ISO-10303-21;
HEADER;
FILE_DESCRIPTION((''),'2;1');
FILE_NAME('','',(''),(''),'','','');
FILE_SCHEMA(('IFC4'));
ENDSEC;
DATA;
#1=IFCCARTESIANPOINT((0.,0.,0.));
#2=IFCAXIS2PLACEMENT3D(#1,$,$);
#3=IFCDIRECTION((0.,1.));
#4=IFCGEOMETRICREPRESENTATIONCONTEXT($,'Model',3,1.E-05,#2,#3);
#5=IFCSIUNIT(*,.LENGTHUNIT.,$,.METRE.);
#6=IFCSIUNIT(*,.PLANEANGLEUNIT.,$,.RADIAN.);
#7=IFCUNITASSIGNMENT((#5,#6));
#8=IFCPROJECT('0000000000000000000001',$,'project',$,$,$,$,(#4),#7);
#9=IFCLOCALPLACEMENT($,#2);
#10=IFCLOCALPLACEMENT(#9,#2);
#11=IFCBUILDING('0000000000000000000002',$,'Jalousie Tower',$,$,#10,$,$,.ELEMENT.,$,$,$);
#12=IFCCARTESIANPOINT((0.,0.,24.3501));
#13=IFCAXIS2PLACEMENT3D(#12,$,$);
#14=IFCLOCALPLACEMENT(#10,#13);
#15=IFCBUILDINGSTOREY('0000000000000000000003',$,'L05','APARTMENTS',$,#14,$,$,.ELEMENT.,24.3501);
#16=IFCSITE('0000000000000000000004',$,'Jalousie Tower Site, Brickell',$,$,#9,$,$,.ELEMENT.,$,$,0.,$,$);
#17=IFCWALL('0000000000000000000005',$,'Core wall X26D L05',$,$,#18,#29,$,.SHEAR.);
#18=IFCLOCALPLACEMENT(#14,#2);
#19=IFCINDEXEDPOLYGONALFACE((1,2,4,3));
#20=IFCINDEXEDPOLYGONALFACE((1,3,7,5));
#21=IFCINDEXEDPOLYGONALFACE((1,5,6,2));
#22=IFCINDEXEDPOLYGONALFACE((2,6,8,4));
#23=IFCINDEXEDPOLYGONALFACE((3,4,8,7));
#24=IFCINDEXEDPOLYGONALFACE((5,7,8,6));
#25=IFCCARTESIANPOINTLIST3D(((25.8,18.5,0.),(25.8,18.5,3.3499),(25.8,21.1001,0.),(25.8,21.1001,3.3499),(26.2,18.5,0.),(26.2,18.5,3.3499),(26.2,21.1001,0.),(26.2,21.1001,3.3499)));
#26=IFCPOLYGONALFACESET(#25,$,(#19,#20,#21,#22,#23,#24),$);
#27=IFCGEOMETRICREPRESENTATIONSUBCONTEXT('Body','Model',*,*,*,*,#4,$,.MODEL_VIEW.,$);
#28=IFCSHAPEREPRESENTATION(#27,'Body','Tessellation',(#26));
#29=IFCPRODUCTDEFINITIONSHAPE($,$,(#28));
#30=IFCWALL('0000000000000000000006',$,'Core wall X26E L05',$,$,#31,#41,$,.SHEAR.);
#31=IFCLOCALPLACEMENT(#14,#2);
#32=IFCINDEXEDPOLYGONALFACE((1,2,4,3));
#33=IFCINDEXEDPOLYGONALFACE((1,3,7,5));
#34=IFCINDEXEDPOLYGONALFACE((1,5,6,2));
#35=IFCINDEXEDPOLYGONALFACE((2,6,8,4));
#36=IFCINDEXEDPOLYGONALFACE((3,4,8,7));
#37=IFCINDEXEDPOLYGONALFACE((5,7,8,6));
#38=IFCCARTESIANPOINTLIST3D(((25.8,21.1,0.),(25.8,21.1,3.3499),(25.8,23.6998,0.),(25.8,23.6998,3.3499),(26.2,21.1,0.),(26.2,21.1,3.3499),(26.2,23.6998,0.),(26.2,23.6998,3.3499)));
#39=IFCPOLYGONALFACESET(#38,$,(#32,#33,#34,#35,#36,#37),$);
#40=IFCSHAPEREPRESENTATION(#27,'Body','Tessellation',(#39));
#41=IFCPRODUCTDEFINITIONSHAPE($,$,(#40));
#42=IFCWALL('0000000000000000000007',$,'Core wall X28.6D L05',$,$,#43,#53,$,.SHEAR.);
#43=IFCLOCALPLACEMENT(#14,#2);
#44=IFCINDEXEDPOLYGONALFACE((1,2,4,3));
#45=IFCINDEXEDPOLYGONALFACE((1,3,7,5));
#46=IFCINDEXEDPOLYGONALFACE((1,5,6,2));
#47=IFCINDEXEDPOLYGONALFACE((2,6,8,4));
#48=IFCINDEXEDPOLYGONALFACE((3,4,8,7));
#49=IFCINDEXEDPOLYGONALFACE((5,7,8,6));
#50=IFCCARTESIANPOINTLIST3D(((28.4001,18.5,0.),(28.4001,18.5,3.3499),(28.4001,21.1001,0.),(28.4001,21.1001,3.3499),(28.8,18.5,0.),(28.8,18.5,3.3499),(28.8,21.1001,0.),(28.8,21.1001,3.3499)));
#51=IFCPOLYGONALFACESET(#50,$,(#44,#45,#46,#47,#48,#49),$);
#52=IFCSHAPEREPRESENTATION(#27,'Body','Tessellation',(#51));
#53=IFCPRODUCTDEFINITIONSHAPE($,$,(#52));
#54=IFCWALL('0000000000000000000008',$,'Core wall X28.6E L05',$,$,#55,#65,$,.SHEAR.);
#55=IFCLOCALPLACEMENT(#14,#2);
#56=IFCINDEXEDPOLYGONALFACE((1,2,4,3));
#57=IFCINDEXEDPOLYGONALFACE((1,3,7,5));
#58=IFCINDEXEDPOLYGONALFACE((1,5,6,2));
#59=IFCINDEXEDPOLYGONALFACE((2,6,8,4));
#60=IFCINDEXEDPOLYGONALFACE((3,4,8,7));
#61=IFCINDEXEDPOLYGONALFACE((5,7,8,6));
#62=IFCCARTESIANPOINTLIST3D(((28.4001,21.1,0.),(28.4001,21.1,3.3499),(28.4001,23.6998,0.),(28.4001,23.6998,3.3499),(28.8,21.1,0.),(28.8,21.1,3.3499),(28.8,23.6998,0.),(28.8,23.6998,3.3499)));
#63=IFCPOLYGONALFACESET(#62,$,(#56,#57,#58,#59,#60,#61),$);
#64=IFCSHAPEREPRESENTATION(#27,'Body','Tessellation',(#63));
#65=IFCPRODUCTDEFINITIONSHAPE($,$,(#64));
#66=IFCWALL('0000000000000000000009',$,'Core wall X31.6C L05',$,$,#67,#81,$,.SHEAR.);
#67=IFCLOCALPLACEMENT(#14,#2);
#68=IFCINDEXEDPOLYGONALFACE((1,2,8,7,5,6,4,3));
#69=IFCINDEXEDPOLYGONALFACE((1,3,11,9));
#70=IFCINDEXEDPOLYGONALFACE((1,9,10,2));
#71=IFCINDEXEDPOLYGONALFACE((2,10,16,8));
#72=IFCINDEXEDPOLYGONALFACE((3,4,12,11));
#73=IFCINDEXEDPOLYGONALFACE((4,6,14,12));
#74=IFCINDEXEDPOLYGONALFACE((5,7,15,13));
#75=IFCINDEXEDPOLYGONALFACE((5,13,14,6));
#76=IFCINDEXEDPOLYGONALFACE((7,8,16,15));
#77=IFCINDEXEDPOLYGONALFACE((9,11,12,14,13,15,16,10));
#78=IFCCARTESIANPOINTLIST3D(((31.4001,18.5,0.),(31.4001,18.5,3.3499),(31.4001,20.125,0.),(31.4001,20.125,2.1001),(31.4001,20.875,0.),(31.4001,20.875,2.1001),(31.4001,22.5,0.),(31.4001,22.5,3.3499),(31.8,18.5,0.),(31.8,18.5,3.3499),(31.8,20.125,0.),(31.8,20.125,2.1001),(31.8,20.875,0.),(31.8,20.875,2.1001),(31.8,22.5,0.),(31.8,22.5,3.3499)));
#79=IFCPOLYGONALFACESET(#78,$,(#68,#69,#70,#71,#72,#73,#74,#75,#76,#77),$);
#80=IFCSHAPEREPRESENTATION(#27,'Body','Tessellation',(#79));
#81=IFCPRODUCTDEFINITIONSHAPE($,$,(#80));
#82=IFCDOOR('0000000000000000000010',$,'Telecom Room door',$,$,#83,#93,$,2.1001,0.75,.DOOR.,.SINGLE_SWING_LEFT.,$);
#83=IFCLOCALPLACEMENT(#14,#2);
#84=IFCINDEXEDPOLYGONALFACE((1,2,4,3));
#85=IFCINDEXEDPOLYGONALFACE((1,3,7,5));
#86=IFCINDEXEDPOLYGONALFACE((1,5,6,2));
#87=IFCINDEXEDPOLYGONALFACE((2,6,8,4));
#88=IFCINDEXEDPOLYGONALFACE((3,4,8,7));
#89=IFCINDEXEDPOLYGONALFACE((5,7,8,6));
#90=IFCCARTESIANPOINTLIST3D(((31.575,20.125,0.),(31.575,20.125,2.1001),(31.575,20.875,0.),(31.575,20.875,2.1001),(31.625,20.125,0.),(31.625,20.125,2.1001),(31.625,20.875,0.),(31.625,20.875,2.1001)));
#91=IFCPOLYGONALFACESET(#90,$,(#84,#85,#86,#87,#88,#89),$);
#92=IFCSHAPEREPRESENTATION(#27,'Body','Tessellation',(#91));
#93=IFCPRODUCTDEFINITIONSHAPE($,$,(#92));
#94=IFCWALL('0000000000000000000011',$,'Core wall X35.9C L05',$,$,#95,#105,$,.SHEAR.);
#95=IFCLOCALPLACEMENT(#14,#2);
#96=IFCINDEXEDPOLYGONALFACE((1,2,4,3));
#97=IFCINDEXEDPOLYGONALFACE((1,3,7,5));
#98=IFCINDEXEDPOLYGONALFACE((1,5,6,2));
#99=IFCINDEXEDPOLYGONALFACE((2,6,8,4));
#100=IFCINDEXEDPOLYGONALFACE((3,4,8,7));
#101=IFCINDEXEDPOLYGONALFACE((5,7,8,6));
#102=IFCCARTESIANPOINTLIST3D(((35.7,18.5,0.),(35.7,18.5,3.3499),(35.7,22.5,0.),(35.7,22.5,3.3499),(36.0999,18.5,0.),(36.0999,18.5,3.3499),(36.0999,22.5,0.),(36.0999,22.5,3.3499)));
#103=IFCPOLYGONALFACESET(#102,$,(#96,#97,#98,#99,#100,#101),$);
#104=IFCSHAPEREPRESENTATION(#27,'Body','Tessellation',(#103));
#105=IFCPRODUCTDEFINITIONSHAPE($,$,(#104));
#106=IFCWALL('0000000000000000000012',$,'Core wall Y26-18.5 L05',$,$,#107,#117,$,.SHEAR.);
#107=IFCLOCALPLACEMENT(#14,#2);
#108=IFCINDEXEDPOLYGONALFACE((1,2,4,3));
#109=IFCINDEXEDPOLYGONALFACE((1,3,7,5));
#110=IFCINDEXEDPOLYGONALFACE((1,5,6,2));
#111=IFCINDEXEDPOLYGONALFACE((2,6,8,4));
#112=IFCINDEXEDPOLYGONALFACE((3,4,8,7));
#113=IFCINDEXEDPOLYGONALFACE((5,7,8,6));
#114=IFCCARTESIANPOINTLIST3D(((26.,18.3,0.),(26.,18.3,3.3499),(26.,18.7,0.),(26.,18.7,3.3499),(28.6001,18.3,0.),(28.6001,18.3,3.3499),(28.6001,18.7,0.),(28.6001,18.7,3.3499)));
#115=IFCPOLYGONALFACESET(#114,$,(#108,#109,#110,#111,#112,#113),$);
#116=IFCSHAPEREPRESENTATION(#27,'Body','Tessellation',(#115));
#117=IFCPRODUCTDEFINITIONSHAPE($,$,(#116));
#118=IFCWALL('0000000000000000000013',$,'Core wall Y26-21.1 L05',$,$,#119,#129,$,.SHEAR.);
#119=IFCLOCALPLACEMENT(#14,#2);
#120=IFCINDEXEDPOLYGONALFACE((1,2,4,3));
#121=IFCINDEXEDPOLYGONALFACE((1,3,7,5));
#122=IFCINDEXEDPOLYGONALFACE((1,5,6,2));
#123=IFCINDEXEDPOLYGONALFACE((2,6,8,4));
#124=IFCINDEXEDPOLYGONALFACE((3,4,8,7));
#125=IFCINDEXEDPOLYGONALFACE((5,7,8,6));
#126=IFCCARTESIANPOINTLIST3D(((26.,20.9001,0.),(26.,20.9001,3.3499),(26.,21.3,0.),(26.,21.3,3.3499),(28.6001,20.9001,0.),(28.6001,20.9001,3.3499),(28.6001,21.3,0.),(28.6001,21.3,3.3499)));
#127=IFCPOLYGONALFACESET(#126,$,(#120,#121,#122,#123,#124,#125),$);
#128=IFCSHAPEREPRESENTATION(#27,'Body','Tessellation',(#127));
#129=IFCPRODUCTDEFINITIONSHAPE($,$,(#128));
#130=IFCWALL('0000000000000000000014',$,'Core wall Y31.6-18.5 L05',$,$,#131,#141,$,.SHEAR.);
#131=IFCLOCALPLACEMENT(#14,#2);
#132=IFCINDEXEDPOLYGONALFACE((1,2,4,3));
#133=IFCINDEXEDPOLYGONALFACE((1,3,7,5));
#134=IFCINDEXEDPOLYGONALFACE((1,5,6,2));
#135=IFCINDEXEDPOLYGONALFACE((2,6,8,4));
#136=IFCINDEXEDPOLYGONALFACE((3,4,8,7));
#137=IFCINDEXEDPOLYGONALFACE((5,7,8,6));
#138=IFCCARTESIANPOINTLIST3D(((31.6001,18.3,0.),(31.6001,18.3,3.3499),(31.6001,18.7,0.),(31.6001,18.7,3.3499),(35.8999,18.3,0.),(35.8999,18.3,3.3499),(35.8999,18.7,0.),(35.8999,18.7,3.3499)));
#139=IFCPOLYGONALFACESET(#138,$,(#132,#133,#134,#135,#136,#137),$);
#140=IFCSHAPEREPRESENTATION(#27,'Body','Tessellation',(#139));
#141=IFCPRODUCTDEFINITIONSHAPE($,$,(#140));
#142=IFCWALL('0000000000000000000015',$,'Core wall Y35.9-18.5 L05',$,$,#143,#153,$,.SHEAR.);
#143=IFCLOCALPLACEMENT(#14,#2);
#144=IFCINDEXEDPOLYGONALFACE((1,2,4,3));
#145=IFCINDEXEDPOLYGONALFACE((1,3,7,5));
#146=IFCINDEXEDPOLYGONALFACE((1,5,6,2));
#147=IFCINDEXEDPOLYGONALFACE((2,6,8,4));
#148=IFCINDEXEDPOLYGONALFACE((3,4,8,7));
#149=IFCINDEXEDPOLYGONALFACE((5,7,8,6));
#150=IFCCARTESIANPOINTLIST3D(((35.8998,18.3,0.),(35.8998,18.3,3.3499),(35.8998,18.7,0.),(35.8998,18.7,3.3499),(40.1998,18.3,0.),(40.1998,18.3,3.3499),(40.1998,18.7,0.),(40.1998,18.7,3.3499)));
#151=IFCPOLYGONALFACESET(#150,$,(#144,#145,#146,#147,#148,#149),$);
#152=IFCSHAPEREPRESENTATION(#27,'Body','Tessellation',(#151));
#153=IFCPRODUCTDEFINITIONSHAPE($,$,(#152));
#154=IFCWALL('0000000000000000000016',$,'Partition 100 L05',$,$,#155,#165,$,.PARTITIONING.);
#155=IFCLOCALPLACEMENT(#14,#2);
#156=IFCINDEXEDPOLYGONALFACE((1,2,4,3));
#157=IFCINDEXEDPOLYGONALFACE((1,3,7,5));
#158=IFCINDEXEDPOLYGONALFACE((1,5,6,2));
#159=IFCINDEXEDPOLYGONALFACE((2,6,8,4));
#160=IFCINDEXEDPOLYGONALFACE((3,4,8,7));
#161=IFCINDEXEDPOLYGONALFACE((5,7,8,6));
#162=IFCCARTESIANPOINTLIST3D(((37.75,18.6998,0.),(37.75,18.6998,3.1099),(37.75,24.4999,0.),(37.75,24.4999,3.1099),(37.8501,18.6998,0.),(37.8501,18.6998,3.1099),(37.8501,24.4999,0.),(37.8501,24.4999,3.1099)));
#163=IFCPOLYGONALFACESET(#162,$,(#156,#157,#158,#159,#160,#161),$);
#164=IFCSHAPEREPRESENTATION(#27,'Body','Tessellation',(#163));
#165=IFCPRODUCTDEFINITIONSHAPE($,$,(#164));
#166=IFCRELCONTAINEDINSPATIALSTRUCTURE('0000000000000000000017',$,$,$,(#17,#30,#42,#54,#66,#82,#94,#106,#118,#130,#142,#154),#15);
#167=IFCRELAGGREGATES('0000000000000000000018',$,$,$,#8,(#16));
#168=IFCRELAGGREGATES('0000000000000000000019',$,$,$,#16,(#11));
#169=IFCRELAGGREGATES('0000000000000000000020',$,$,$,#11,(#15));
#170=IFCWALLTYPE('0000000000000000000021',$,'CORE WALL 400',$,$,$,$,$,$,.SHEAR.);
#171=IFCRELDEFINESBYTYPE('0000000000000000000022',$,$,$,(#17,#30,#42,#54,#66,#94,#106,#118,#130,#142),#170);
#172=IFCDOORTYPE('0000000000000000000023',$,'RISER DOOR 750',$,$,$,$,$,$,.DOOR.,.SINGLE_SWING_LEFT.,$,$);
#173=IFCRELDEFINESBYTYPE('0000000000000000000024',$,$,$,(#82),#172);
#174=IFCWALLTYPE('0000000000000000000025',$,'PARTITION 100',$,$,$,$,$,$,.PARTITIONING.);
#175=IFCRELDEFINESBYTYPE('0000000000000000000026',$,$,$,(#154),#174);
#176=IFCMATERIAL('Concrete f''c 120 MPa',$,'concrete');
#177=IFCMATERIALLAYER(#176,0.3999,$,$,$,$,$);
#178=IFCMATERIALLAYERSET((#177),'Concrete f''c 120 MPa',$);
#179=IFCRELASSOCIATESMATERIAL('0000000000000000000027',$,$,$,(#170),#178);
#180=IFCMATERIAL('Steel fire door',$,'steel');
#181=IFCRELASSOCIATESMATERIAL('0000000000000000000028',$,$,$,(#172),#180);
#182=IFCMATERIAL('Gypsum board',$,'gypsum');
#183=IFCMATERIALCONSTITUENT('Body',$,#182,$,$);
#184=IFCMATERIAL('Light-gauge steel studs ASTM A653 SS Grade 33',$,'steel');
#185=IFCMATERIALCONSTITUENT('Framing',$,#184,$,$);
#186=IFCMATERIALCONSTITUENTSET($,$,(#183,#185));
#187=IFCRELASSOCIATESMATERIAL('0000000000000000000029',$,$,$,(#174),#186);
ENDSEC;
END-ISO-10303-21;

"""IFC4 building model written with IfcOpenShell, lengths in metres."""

from ifc_helpers import new_model, si_unit, direction, frame, frame_2d, origin, place, context, subcontext, project, spatial, rectangle, extrude, material, layer, layer_set, constituent, constituent_set, type_object, element, fill, save


model = new_model("IFC4")

# Units and contexts
model_context = context("Model", 3, precision=1e-05, world=origin(), true_north=direction((0.0, 1.0)))
body_context = subcontext(model_context, "Body", "Model", "MODEL_VIEW")
ifc_project = project(units=[si_unit("LENGTHUNIT", "METRE"), si_unit("PLANEANGLEUNIT", "RADIAN")], contexts=[model_context])

# Site, building, storey
site_placement = place(None, origin())
site = spatial("IfcSite", under=ifc_project, at=site_placement, Name="Jalousie Tower Site, Brickell", CompositionType="ELEMENT", RefElevation=0.0)
building_placement = place(site_placement, origin())
building = spatial("IfcBuilding", under=site, at=building_placement, Name="Jalousie Tower", CompositionType="ELEMENT")
storey_placement = place(building_placement, frame((0.0, 0.0, 24.3501)))
storey = spatial("IfcBuildingStorey", under=building, at=storey_placement, Name="L05", Description="APARTMENTS", CompositionType="ELEMENT", Elevation=24.3501)

# Walls
ifc_material_1 = material(Name="Concrete f'c 120 MPa", Category="concrete")
ifc_layer = layer(ifc_material_1, 0.3999)
ifc_layer_set = layer_set([ifc_layer], Name="Concrete f'c 120 MPa")
wall_type_1 = type_object("IfcWallType", Name="CORE WALL 400", PredefinedType="SHEAR", material=ifc_layer_set)
wall_1_placement = place(storey_placement, frame((26.0, 18.5, 0.0), z_axis=(0.0, 0.0, 1.0), x_axis=(0.0, 1.0, 0.0)))
element("IfcWall", 1, at=wall_1_placement, inside=storey, type_object=wall_type_1, Name="Core wall X26D L05", PredefinedType="SHEAR", context=body_context, shape_type="SweptSolid", body=[
    extrude(rectangle(XDim=2.6001, YDim=0.3999, at=frame_2d((1.3, 0.0))), origin(), (0.0, 0.0, 1.0), 3.3499),
])
wall_2_placement = place(storey_placement, frame((26.0, 21.1001, 0.0), z_axis=(0.0, 0.0, 1.0), x_axis=(0.0, 1.0, 0.0)))
element("IfcWall", 2, at=wall_2_placement, inside=storey, type_object=wall_type_1, Name="Core wall X26E L05", PredefinedType="SHEAR", context=body_context, shape_type="SweptSolid", body=[
    extrude(rectangle(XDim=2.5999, YDim=0.3999, at=frame_2d((1.2998, 0.0))), origin(), (0.0, 0.0, 1.0), 3.3499),
])
wall_3_placement = place(storey_placement, frame((28.6001, 18.5, 0.0), z_axis=(0.0, 0.0, 1.0), x_axis=(0.0, 1.0, 0.0)))
element("IfcWall", 3, at=wall_3_placement, inside=storey, type_object=wall_type_1, Name="Core wall X28.6D L05", PredefinedType="SHEAR", context=body_context, shape_type="SweptSolid", body=[
    extrude(rectangle(XDim=2.6001, YDim=0.3999, at=frame_2d((1.3, 0.0))), origin(), (0.0, 0.0, 1.0), 3.3499),
])
wall_4_placement = place(storey_placement, frame((28.6001, 21.1001, 0.0), z_axis=(0.0, 0.0, 1.0), x_axis=(0.0, 1.0, 0.0)))
element("IfcWall", 4, at=wall_4_placement, inside=storey, type_object=wall_type_1, Name="Core wall X28.6E L05", PredefinedType="SHEAR", context=body_context, shape_type="SweptSolid", body=[
    extrude(rectangle(XDim=2.5999, YDim=0.3999, at=frame_2d((1.2998, 0.0))), origin(), (0.0, 0.0, 1.0), 3.3499),
])

# Wall, opening, door
wall_5_placement = place(storey_placement, frame((31.6001, 18.5, 0.0), z_axis=(0.0, 0.0, 1.0), x_axis=(0.0, 1.0, 0.0)))
wall_5 = element("IfcWall", 5, at=wall_5_placement, inside=storey, type_object=wall_type_1, Name="Core wall X31.6C L05", PredefinedType="SHEAR", context=body_context, shape_type="SweptSolid", body=[
    extrude(rectangle(XDim=4.0, YDim=0.3999, at=frame_2d((2.0, 0.0))), origin(), (0.0, 0.0, 1.0), 3.3499),
])
opening_placement = place(wall_5_placement, frame((1.625, 0.0, 0.0)))
opening = element("IfcOpeningElement", 6, at=opening_placement, cuts=wall_5, PredefinedType="OPENING", context=body_context, shape_type="SweptSolid", body=[
    extrude(rectangle(XDim=0.75, YDim=2.1001, at=frame_2d((0.375, 1.05))), frame((0.0, 0.21, 0.0), z_axis=(0.0, -1.0, 0.0), x_axis=(1.0, 0.0, 0.0)), (0.0, 0.0, 1.0), 0.4199),
])
ifc_material_2 = material(Name="Steel fire door", Category="steel")
door_type = type_object("IfcDoorType", Name="RISER DOOR 750", OperationType="SINGLE_SWING_LEFT", PredefinedType="DOOR", material=ifc_material_2)
door_placement = place(opening_placement, frame((0.75, 0.0, 0.0), z_axis=(0.0, 0.0, 1.0), x_axis=(-1.0, 0.0, 0.0)))
door = element("IfcDoor", 7, at=door_placement, inside=storey, type_object=door_type, Name="Telecom Room door", OperationType="SINGLE_SWING_LEFT", OverallHeight=2.1001, OverallWidth=0.75, PredefinedType="DOOR", context=body_context, shape_type="SweptSolid", body=[
    extrude(rectangle(XDim=0.75, YDim=2.1001, at=frame_2d((0.375, 1.05))), frame((0.0, 0.0249, 0.0), z_axis=(0.0, -1.0, 0.0), x_axis=(1.0, 0.0, 0.0)), (0.0, 0.0, 1.0), 0.05),
])
fill(opening, door)

# Walls
wall_6_placement = place(storey_placement, frame((35.8999, 18.5, 0.0), z_axis=(0.0, 0.0, 1.0), x_axis=(0.0, 1.0, 0.0)))
element("IfcWall", 8, at=wall_6_placement, inside=storey, type_object=wall_type_1, Name="Core wall X35.9C L05", PredefinedType="SHEAR", context=body_context, shape_type="SweptSolid", body=[
    extrude(rectangle(XDim=4.0, YDim=0.3999, at=frame_2d((2.0, 0.0))), origin(), (0.0, 0.0, 1.0), 3.3499),
])
for number, where, z_axis, x_axis, name in (
    (9, (26.0, 18.5, 0.0), (0.0, 0.0, 1.0), (1.0, 0.0, 0.0), "Core wall Y26-18.5 L05"),
    (10, (26.0, 21.1001, 0.0), (0.0, 0.0, 1.0), (1.0, 0.0, 0.0), "Core wall Y26-21.1 L05"),
):
    element("IfcWall", number, at=place(storey_placement, frame(where, z_axis=z_axis, x_axis=x_axis)), inside=storey, type_object=wall_type_1, Name=name, PredefinedType="SHEAR", context=body_context, shape_type="SweptSolid", body=[
        extrude(rectangle(XDim=2.6001, YDim=0.3999, at=frame_2d((1.3, 0.0))), origin(), (0.0, 0.0, 1.0), 3.3499),
    ])
wall_7_placement = place(storey_placement, frame((31.6001, 18.5, 0.0), z_axis=(0.0, 0.0, 1.0), x_axis=(1.0, 0.0, 0.0)))
element("IfcWall", 11, at=wall_7_placement, inside=storey, type_object=wall_type_1, Name="Core wall Y31.6-18.5 L05", PredefinedType="SHEAR", context=body_context, shape_type="SweptSolid", body=[
    extrude(rectangle(XDim=4.2998, YDim=0.3999, at=frame_2d((2.1499, 0.0))), origin(), (0.0, 0.0, 1.0), 3.3499),
])
wall_8_placement = place(storey_placement, frame((35.8999, 18.5, 0.0), z_axis=(0.0, 0.0, 1.0), x_axis=(1.0, 0.0, 0.0)))
element("IfcWall", 12, at=wall_8_placement, inside=storey, type_object=wall_type_1, Name="Core wall Y35.9-18.5 L05", PredefinedType="SHEAR", context=body_context, shape_type="SweptSolid", body=[
    extrude(rectangle(XDim=4.3, YDim=0.3999, at=frame_2d((2.1499, 0.0))), origin(), (0.0, 0.0, 1.0), 3.3499),
])
ifc_material_3 = material(Name="Gypsum board", Category="gypsum")
ifc_constituent_1 = constituent(ifc_material_3, Name="Body")
ifc_material_4 = material(Name="Light-gauge steel studs ASTM A653 SS Grade 33", Category="steel")
ifc_constituent_2 = constituent(ifc_material_4, Name="Framing")
ifc_constituent_set_1 = constituent_set(constituents=[ifc_constituent_1, ifc_constituent_2])
wall_type_2 = type_object("IfcWallType", Name="PARTITION 100", PredefinedType="PARTITIONING", material=ifc_constituent_set_1)
wall_9_placement = place(storey_placement, frame((37.8, 18.7, 0.0), z_axis=(0.0, 0.0, 1.0), x_axis=(0.0, 1.0, 0.0)))
element("IfcWall", 13, at=wall_9_placement, inside=storey, type_object=wall_type_2, Name="Partition 100 L05", PredefinedType="PARTITIONING", context=body_context, shape_type="SweptSolid", body=[
    extrude(rectangle(XDim=5.8, YDim=0.1001, at=frame_2d((2.8999, 0.0))), origin(), (0.0, 0.0, 1.0), 3.1099),
])

save(model, "model.ifc")
